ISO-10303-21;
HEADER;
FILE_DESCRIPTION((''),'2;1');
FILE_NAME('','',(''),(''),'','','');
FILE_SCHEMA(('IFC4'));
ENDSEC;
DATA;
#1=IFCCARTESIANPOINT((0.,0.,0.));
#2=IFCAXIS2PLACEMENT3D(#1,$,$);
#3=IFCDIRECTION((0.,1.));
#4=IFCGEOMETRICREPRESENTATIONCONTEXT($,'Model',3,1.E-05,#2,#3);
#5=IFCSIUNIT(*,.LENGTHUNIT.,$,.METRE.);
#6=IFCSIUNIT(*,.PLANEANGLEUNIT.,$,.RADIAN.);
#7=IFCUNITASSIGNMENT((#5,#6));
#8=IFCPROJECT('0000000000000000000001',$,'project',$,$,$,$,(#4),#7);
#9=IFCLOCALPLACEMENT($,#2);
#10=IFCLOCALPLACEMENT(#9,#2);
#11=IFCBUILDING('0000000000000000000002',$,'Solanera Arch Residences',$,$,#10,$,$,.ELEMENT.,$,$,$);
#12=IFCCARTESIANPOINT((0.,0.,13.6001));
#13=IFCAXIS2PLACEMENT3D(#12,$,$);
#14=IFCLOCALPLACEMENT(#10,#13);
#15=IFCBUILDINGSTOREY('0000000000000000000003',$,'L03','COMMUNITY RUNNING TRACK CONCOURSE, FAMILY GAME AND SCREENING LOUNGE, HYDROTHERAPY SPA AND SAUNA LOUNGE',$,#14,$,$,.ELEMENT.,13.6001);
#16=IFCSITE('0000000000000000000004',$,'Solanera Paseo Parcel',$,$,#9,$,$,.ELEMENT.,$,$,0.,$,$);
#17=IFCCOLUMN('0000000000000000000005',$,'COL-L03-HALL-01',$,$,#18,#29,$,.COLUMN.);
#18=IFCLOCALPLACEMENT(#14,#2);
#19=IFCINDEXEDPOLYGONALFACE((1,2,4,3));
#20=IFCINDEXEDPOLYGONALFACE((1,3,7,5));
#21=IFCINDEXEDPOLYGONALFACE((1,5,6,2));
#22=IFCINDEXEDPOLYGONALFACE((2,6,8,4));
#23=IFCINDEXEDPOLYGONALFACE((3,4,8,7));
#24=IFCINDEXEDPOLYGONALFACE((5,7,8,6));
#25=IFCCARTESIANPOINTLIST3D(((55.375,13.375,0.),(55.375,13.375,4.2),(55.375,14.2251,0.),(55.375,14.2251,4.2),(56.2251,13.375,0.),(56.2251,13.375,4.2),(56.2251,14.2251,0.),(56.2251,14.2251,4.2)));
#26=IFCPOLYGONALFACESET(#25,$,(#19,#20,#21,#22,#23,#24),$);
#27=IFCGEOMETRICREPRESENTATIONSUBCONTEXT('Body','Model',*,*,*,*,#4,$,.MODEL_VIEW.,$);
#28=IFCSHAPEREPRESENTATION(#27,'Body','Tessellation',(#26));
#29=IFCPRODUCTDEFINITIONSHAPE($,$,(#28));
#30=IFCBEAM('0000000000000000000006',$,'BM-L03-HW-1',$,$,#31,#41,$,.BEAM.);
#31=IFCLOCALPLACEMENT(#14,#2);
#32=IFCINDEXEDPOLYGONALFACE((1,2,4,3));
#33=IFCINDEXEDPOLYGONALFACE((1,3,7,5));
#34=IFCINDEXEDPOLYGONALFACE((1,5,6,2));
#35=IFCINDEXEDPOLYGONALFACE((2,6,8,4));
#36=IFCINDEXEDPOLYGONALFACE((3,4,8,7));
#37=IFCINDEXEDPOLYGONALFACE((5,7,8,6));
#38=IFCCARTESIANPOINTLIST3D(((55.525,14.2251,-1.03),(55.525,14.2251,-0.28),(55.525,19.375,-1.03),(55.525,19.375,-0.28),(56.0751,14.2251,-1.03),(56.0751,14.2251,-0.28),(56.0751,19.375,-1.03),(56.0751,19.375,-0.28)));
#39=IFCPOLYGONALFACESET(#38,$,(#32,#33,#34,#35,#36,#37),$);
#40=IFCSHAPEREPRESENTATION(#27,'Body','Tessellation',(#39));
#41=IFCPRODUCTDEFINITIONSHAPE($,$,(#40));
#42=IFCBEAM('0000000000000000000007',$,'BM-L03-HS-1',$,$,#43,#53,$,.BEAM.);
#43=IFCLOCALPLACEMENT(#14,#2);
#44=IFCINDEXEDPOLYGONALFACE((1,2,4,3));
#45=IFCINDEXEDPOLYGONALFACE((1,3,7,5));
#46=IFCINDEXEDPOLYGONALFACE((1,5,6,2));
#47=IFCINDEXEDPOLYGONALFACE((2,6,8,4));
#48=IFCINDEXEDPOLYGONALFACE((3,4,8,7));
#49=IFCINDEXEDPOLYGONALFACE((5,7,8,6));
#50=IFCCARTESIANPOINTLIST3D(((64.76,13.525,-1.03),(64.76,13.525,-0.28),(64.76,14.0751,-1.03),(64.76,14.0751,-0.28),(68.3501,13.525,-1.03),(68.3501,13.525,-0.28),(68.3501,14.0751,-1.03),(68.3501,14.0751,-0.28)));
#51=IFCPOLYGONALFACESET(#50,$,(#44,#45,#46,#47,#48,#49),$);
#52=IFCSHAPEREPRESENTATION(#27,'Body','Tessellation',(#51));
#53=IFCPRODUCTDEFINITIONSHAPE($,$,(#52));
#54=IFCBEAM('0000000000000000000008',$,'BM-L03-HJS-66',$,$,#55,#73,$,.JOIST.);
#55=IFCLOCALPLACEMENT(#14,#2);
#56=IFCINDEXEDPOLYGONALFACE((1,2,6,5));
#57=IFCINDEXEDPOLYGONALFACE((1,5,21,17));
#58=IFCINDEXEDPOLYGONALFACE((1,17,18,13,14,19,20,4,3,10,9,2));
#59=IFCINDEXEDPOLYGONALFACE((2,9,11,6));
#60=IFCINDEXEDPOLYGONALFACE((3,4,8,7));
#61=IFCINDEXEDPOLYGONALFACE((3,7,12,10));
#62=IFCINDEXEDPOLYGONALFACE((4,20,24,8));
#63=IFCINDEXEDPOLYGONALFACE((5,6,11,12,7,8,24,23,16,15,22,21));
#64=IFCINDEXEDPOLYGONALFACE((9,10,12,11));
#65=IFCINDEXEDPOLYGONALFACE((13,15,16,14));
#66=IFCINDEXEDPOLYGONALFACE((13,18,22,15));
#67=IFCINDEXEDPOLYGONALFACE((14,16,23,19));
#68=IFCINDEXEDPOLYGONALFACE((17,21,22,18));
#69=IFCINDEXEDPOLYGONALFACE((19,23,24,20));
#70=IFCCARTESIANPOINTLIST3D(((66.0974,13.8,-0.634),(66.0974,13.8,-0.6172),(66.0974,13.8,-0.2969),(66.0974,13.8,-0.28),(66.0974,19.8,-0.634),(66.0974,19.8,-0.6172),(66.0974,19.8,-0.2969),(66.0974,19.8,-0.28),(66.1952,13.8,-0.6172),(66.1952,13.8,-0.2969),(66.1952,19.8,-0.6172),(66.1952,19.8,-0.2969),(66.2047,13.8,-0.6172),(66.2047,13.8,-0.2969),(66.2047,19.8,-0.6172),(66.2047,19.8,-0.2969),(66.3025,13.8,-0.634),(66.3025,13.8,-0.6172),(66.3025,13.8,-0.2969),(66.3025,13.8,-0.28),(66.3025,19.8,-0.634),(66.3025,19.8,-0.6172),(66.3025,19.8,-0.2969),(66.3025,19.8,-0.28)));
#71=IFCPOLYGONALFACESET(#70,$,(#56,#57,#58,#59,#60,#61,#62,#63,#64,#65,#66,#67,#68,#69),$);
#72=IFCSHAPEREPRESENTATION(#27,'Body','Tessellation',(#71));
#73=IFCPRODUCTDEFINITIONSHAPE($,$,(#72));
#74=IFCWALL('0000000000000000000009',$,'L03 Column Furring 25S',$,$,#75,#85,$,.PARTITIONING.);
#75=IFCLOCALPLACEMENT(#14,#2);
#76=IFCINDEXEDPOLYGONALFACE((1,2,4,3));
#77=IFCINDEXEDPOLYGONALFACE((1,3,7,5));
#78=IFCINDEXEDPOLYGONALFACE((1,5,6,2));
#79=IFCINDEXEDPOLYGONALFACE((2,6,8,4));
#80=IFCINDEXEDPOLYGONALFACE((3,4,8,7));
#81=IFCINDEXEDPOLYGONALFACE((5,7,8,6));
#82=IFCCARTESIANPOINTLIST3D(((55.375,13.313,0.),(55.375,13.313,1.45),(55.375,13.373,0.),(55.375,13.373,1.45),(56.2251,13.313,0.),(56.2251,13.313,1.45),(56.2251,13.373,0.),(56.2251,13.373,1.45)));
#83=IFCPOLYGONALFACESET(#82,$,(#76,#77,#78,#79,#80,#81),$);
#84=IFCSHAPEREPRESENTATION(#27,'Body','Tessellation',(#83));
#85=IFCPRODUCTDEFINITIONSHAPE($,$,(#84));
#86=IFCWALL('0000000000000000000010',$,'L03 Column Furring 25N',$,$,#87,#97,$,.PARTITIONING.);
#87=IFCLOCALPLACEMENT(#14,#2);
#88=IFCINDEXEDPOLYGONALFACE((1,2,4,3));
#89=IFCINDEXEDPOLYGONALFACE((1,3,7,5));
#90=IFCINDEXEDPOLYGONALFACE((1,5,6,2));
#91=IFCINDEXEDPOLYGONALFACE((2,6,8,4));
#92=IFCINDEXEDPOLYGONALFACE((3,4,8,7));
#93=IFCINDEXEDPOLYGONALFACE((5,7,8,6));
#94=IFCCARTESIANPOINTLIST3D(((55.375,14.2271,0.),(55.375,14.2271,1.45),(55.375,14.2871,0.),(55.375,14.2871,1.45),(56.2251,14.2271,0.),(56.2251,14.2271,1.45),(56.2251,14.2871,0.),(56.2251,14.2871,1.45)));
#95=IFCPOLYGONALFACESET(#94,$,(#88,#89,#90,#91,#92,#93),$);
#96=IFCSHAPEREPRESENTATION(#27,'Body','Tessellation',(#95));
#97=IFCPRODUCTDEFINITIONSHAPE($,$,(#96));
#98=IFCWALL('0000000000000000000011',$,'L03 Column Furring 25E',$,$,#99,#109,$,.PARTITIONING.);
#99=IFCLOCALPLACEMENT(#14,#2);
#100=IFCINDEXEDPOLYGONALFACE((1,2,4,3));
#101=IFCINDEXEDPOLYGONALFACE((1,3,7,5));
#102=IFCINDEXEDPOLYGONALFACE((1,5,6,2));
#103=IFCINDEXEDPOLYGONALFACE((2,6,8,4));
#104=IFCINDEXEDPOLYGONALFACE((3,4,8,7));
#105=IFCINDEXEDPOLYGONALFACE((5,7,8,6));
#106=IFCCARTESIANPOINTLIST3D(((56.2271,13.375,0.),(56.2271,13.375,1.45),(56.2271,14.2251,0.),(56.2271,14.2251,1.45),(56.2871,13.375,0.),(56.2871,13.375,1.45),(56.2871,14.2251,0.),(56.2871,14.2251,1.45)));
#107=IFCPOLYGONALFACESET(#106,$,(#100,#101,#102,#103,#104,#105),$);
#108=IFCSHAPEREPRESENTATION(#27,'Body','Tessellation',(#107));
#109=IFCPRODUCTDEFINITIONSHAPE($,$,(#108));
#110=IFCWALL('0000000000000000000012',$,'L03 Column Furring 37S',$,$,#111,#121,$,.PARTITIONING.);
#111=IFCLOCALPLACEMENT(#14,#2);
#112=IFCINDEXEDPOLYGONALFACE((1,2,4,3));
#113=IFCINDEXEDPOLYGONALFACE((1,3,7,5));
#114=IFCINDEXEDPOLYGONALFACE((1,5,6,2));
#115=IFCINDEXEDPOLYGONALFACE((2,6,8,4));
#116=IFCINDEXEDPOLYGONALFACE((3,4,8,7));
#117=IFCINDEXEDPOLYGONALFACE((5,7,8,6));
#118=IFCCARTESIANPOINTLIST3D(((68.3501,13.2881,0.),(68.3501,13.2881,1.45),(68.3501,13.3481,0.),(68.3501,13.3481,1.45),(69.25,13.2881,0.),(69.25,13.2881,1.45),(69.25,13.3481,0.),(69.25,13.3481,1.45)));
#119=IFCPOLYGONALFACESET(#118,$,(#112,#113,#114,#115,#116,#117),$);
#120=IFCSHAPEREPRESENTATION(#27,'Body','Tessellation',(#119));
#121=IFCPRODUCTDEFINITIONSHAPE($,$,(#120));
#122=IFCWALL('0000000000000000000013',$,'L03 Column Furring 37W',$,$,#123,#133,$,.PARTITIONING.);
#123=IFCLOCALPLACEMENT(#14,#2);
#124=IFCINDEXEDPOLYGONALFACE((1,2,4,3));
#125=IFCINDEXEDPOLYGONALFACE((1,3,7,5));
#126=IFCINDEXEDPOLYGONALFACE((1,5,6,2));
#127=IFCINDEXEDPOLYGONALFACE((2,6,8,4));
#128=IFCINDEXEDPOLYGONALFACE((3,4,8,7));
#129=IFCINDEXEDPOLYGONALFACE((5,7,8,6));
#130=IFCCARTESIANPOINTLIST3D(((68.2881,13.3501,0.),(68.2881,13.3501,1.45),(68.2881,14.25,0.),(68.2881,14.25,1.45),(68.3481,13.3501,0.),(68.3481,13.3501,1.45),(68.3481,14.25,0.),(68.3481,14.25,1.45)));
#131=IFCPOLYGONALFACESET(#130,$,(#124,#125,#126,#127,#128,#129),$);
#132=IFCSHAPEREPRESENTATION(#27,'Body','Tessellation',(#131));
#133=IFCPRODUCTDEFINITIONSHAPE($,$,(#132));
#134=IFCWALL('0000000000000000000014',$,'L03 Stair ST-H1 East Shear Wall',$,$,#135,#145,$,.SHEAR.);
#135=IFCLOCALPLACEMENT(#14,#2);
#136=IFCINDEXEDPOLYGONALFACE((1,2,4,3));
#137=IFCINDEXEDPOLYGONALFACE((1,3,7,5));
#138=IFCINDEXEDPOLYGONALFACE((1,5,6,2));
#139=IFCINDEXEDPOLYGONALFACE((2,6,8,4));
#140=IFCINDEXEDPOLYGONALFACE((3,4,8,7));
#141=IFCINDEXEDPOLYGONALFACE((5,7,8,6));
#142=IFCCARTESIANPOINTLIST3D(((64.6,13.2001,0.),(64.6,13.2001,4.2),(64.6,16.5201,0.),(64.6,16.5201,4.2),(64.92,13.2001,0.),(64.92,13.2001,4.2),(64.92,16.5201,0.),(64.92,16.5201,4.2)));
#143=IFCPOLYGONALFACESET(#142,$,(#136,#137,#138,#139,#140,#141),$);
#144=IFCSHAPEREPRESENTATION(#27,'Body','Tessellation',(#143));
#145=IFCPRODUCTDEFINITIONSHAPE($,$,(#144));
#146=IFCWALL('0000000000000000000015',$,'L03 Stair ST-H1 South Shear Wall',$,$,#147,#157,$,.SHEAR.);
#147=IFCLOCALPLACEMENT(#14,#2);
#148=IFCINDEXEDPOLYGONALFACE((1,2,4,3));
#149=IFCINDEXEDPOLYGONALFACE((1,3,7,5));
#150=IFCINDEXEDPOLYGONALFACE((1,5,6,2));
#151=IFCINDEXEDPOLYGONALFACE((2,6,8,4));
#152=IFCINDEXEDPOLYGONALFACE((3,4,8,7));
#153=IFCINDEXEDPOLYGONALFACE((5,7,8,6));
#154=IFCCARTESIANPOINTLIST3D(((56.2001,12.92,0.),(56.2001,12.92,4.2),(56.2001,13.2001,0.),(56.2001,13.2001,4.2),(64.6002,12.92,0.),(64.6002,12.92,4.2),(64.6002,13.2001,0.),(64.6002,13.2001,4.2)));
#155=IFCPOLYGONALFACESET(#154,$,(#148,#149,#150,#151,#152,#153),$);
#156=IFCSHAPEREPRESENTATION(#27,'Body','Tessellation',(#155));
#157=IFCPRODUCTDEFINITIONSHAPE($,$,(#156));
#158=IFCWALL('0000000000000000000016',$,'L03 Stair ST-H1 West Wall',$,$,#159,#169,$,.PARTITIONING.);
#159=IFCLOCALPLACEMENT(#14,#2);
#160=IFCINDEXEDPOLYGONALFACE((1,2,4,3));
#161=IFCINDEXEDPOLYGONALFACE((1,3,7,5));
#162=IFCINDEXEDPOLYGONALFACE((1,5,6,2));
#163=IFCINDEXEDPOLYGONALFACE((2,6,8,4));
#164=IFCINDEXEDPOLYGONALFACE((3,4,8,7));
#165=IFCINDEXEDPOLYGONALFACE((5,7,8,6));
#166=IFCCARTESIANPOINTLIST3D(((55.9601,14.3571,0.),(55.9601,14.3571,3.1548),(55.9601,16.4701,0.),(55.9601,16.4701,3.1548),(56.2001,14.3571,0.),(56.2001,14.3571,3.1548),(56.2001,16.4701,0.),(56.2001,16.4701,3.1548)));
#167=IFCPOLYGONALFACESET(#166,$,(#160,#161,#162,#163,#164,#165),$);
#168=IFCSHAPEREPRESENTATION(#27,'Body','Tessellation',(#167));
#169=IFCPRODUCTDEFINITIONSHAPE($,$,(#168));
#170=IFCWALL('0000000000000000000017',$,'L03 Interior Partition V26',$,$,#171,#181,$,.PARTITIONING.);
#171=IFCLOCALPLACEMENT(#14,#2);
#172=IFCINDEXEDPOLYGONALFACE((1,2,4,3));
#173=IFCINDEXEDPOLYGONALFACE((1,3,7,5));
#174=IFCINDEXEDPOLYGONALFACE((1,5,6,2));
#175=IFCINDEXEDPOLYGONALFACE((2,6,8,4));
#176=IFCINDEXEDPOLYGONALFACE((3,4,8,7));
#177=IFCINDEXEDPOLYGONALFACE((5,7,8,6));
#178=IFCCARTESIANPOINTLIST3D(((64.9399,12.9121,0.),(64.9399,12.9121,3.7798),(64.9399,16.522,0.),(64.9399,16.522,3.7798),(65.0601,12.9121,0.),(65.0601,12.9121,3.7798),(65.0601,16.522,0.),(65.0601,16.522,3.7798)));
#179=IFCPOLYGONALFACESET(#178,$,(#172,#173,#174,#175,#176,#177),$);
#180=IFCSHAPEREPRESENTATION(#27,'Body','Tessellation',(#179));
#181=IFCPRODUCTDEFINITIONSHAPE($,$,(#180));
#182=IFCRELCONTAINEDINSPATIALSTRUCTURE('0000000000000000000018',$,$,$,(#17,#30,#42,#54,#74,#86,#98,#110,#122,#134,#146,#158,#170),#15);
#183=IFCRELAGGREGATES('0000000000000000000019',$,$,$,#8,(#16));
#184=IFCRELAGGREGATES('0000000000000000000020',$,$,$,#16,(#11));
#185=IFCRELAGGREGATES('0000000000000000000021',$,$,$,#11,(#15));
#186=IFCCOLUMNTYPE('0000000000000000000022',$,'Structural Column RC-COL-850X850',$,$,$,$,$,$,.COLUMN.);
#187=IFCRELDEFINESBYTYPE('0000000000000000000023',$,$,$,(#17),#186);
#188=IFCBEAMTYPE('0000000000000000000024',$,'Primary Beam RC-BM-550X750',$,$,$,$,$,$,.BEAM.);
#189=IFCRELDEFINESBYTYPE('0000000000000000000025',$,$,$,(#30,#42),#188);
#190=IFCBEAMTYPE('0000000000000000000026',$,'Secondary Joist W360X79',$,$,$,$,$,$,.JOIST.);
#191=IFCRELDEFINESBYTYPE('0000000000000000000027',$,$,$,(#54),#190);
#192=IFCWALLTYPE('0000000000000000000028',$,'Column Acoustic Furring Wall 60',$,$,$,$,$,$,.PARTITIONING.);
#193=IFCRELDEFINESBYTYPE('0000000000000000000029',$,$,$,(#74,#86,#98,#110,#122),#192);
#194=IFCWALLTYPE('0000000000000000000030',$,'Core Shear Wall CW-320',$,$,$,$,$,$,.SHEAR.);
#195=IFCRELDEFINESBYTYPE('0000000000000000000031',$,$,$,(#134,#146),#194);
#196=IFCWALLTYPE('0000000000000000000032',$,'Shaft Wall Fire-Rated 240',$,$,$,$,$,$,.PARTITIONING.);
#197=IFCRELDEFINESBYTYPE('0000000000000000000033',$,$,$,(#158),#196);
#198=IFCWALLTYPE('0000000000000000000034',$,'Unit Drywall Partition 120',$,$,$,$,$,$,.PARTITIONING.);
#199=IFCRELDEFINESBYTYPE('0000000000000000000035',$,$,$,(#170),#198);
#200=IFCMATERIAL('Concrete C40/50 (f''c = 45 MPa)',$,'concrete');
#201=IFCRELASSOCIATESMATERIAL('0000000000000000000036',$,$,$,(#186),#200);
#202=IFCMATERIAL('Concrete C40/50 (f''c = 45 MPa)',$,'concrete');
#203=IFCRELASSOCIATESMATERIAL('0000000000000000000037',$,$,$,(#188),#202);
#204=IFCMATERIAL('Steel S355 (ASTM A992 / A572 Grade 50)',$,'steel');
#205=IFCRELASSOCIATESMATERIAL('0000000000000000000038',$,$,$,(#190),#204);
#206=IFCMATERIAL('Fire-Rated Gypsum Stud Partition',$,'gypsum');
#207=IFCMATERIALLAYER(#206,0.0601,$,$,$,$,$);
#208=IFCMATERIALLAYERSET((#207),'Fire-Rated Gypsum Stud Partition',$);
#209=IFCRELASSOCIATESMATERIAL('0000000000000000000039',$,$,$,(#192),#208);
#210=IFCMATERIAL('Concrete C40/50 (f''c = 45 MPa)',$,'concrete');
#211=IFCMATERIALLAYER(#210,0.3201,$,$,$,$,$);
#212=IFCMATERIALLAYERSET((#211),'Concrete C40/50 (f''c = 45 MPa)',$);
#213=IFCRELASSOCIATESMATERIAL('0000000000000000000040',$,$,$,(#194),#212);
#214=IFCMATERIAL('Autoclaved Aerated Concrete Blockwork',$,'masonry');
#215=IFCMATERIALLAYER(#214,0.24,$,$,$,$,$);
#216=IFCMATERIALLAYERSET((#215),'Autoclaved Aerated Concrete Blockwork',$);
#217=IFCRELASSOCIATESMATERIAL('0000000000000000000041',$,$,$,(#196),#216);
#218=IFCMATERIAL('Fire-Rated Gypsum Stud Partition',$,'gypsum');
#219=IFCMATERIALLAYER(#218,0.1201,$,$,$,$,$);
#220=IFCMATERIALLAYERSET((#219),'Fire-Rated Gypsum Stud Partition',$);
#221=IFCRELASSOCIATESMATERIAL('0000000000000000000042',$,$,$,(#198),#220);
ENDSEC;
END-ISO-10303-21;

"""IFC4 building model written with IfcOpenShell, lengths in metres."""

from ifc_helpers import new_model, si_unit, direction, frame, frame_2d, origin, origin_2d, place, context, subcontext, project, spatial, rectangle, i_section, extrude, material, layer, layer_set, material_profile, profile_set, type_object, element, save


model = new_model("IFC4")

# Units and contexts
model_context = context("Model", 3, precision=1e-05, world=origin(), true_north=direction((0.0, 1.0)))
body_context = subcontext(model_context, "Body", "Model", "MODEL_VIEW")
ifc_project = project(units=[si_unit("LENGTHUNIT", "METRE"), si_unit("PLANEANGLEUNIT", "RADIAN")], contexts=[model_context])

# Site, building, storey
site_placement = place(None, origin())
site = spatial("IfcSite", under=ifc_project, at=site_placement, Name="Solanera Paseo Parcel", CompositionType="ELEMENT", RefElevation=0.0)
building_placement = place(site_placement, origin())
building = spatial("IfcBuilding", under=site, at=building_placement, Name="Solanera Arch Residences", CompositionType="ELEMENT")
storey_placement = place(building_placement, frame((0.0, 0.0, 13.6001)))
storey = spatial("IfcBuildingStorey", under=building, at=storey_placement, Name="L03", Description="COMMUNITY RUNNING TRACK CONCOURSE, FAMILY GAME AND SCREENING LOUNGE, HYDROTHERAPY SPA AND SAUNA LOUNGE", CompositionType="ELEMENT", Elevation=13.6001)

# Column
ifc_material_1 = material(Name="Concrete C40/50 (f'c = 45 MPa)", Category="concrete")
ifc_material_profile_1 = material_profile(ifc_material_1, rectangle(XDim=0.8501, YDim=0.8501, at=origin_2d()))
ifc_profile_set_1 = profile_set([ifc_material_profile_1], Name="Concrete C40/50 (f'c = 45 MPa)")
column_type = type_object("IfcColumnType", Name="Structural Column RC-COL-850X850", PredefinedType="COLUMN", material=ifc_profile_set_1)
column_placement = place(storey_placement, frame((55.8, 13.8, 0.0), z_axis=(0.0, 0.0, 1.0), x_axis=(1.0, 0.0, 0.0)))
element("IfcColumn", 1, at=column_placement, inside=storey, type_object=column_type, Name="COL-L03-HALL-01", PredefinedType="COLUMN", context=body_context, shape_type="SweptSolid", body=[
    extrude(rectangle(XDim=0.8501, YDim=0.8501, at=origin_2d()), origin(), (0.0, 0.0, 1.0), 4.2),
])

# Beams
ifc_material_2 = material(Name="Concrete C40/50 (f'c = 45 MPa)", Category="concrete")
ifc_material_profile_2 = material_profile(ifc_material_2, rectangle(XDim=0.55, YDim=0.75, at=origin_2d()))
ifc_profile_set_2 = profile_set([ifc_material_profile_2], Name="Concrete C40/50 (f'c = 45 MPa)")
beam_type_1 = type_object("IfcBeamType", Name="Primary Beam RC-BM-550X750", PredefinedType="BEAM", material=ifc_profile_set_2)
beam_1_placement = place(storey_placement, frame((55.8, 14.2251, -0.655), z_axis=(0.0, 1.0, 0.0), x_axis=(-1.0, 0.0, 0.0)))
element("IfcBeam", 2, at=beam_1_placement, inside=storey, type_object=beam_type_1, Name="BM-L03-HW-1", PredefinedType="BEAM", context=body_context, shape_type="SweptSolid", body=[
    extrude(rectangle(XDim=0.55, YDim=0.75, at=origin_2d()), origin(), (0.0, 0.0, 1.0), 5.1499),
])
beam_2_placement = place(storey_placement, frame((64.76, 13.8, -0.655), z_axis=(1.0, 0.0, 0.0), x_axis=(0.0, 1.0, 0.0)))
element("IfcBeam", 3, at=beam_2_placement, inside=storey, type_object=beam_type_1, Name="BM-L03-HS-1", PredefinedType="BEAM", context=body_context, shape_type="SweptSolid", body=[
    extrude(rectangle(XDim=0.55, YDim=0.75, at=origin_2d()), origin(), (0.0, 0.0, 1.0), 3.5901),
])
ifc_material_3 = material(Name="Steel S355 (ASTM A992 / A572 Grade 50)", Category="steel")
ifc_material_profile_3 = material_profile(ifc_material_3, i_section(OverallWidth=0.2051, OverallDepth=0.354, WebThickness=0.0095, FlangeThickness=0.0168, at=origin_2d()))
ifc_profile_set_3 = profile_set([ifc_material_profile_3], Name="Steel S355 (ASTM A992 / A572 Grade 50)")
beam_type_2 = type_object("IfcBeamType", Name="Secondary Joist W360X79", PredefinedType="JOIST", material=ifc_profile_set_3)
beam_3_placement = place(storey_placement, frame((66.2, 13.8, -0.457), z_axis=(0.0, 1.0, 0.0), x_axis=(-1.0, 0.0, 0.0)))
element("IfcBeam", 4, at=beam_3_placement, inside=storey, type_object=beam_type_2, Name="BM-L03-HJS-66", PredefinedType="JOIST", context=body_context, shape_type="SweptSolid", body=[
    extrude(i_section(OverallWidth=0.2051, OverallDepth=0.354, WebThickness=0.0095, FlangeThickness=0.0168, at=origin_2d()), origin(), (0.0, 0.0, 1.0), 6.0),
])

# Walls
ifc_material_4 = material(Name="Fire-Rated Gypsum Stud Partition", Category="gypsum")
ifc_layer_1 = layer(ifc_material_4, 0.0601)
ifc_layer_set_1 = layer_set([ifc_layer_1], Name="Fire-Rated Gypsum Stud Partition")
wall_type_1 = type_object("IfcWallType", Name="Column Acoustic Furring Wall 60", PredefinedType="PARTITIONING", material=ifc_layer_set_1)
for number, where, z_axis, x_axis, name in (
    (5, (55.375, 13.343, 0.0), (0.0, 0.0, 1.0), (1.0, 0.0, 0.0), "L03 Column Furring 25S"),
    (6, (55.375, 14.2571, 0.0), (0.0, 0.0, 1.0), (1.0, 0.0, 0.0), "L03 Column Furring 25N"),
    (7, (56.2571, 13.375, 0.0), (0.0, 0.0, 1.0), (0.0, 1.0, 0.0), "L03 Column Furring 25E"),
):
    element("IfcWall", number, at=place(storey_placement, frame(where, z_axis=z_axis, x_axis=x_axis)), inside=storey, type_object=wall_type_1, Name=name, PredefinedType="PARTITIONING", context=body_context, shape_type="SweptSolid", body=[
        extrude(rectangle(XDim=0.8501, YDim=0.0601, at=frame_2d((0.425, 0.0))), origin(), (0.0, 0.0, 1.0), 1.45),
    ])
for number, where, z_axis, x_axis, name in (
    (8, (68.3501, 13.3181, 0.0), (0.0, 0.0, 1.0), (1.0, 0.0, 0.0), "L03 Column Furring 37S"),
    (9, (68.3181, 13.3501, 0.0), (0.0, 0.0, 1.0), (0.0, 1.0, 0.0), "L03 Column Furring 37W"),
):
    element("IfcWall", number, at=place(storey_placement, frame(where, z_axis=z_axis, x_axis=x_axis)), inside=storey, type_object=wall_type_1, Name=name, PredefinedType="PARTITIONING", context=body_context, shape_type="SweptSolid", body=[
        extrude(rectangle(XDim=0.8999, YDim=0.0601, at=frame_2d((0.45, 0.0))), origin(), (0.0, 0.0, 1.0), 1.45),
    ])
ifc_material_5 = material(Name="Concrete C40/50 (f'c = 45 MPa)", Category="concrete")
ifc_layer_2 = layer(ifc_material_5, 0.3201)
ifc_layer_set_2 = layer_set([ifc_layer_2], Name="Concrete C40/50 (f'c = 45 MPa)")
wall_type_2 = type_object("IfcWallType", Name="Core Shear Wall CW-320", PredefinedType="SHEAR", material=ifc_layer_set_2)
wall_1_placement = place(storey_placement, frame((64.76, 13.2, 0.0), z_axis=(0.0, 0.0, 1.0), x_axis=(0.0, 1.0, 0.0)))
element("IfcWall", 10, at=wall_1_placement, inside=storey, type_object=wall_type_2, Name="L03 Stair ST-H1 East Shear Wall", PredefinedType="SHEAR", context=body_context, shape_type="SweptSolid", body=[
    extrude(rectangle(XDim=3.3201, YDim=0.3201, at=frame_2d((1.6602, 0.0))), origin(), (0.0, 0.0, 1.0), 4.2),
])
wall_2_placement = place(storey_placement, frame((56.2, 13.0601, 0.0), z_axis=(0.0, 0.0, 1.0), x_axis=(1.0, 0.0, 0.0)))
element("IfcWall", 11, at=wall_2_placement, inside=storey, type_object=wall_type_2, Name="L03 Stair ST-H1 South Shear Wall", PredefinedType="SHEAR", context=body_context, shape_type="SweptSolid", body=[
    extrude(rectangle(XDim=8.4001, YDim=0.28, at=frame_2d((4.2002, 0.0))), origin(), (0.0, 0.0, 1.0), 4.2),
])
ifc_material_6 = material(Name="Autoclaved Aerated Concrete Blockwork", Category="masonry")
ifc_layer_3 = layer(ifc_material_6, 0.24)
ifc_layer_set_3 = layer_set([ifc_layer_3], Name="Autoclaved Aerated Concrete Blockwork")
wall_type_3 = type_object("IfcWallType", Name="Shaft Wall Fire-Rated 240", PredefinedType="PARTITIONING", material=ifc_layer_set_3)
wall_3_placement = place(storey_placement, frame((56.0801, 14.3569, 0.0), z_axis=(0.0, 0.0, 1.0), x_axis=(0.0, 1.0, 0.0)))
element("IfcWall", 12, at=wall_3_placement, inside=storey, type_object=wall_type_3, Name="L03 Stair ST-H1 West Wall", PredefinedType="PARTITIONING", context=body_context, shape_type="SweptSolid", body=[
    extrude(rectangle(XDim=2.113, YDim=0.24, at=frame_2d((1.0566, 0.0))), origin(), (0.0, 0.0, 1.0), 3.1548),
])
ifc_material_7 = material(Name="Fire-Rated Gypsum Stud Partition", Category="gypsum")
ifc_layer_4 = layer(ifc_material_7, 0.1201)
ifc_layer_set_4 = layer_set([ifc_layer_4], Name="Fire-Rated Gypsum Stud Partition")
wall_type_4 = type_object("IfcWallType", Name="Unit Drywall Partition 120", PredefinedType="PARTITIONING", material=ifc_layer_set_4)
wall_4_placement = place(storey_placement, frame((65.0, 12.9121, 0.0), z_axis=(0.0, 0.0, 1.0), x_axis=(0.0, 1.0, 0.0)))
element("IfcWall", 13, at=wall_4_placement, inside=storey, type_object=wall_type_4, Name="L03 Interior Partition V26", PredefinedType="PARTITIONING", context=body_context, shape_type="SweptSolid", body=[
    extrude(rectangle(XDim=3.6099, YDim=0.1201, at=frame_2d((1.8049, 0.0))), origin(), (0.0, 0.0, 1.0), 3.7798),
])

save(model, "model.ifc")
